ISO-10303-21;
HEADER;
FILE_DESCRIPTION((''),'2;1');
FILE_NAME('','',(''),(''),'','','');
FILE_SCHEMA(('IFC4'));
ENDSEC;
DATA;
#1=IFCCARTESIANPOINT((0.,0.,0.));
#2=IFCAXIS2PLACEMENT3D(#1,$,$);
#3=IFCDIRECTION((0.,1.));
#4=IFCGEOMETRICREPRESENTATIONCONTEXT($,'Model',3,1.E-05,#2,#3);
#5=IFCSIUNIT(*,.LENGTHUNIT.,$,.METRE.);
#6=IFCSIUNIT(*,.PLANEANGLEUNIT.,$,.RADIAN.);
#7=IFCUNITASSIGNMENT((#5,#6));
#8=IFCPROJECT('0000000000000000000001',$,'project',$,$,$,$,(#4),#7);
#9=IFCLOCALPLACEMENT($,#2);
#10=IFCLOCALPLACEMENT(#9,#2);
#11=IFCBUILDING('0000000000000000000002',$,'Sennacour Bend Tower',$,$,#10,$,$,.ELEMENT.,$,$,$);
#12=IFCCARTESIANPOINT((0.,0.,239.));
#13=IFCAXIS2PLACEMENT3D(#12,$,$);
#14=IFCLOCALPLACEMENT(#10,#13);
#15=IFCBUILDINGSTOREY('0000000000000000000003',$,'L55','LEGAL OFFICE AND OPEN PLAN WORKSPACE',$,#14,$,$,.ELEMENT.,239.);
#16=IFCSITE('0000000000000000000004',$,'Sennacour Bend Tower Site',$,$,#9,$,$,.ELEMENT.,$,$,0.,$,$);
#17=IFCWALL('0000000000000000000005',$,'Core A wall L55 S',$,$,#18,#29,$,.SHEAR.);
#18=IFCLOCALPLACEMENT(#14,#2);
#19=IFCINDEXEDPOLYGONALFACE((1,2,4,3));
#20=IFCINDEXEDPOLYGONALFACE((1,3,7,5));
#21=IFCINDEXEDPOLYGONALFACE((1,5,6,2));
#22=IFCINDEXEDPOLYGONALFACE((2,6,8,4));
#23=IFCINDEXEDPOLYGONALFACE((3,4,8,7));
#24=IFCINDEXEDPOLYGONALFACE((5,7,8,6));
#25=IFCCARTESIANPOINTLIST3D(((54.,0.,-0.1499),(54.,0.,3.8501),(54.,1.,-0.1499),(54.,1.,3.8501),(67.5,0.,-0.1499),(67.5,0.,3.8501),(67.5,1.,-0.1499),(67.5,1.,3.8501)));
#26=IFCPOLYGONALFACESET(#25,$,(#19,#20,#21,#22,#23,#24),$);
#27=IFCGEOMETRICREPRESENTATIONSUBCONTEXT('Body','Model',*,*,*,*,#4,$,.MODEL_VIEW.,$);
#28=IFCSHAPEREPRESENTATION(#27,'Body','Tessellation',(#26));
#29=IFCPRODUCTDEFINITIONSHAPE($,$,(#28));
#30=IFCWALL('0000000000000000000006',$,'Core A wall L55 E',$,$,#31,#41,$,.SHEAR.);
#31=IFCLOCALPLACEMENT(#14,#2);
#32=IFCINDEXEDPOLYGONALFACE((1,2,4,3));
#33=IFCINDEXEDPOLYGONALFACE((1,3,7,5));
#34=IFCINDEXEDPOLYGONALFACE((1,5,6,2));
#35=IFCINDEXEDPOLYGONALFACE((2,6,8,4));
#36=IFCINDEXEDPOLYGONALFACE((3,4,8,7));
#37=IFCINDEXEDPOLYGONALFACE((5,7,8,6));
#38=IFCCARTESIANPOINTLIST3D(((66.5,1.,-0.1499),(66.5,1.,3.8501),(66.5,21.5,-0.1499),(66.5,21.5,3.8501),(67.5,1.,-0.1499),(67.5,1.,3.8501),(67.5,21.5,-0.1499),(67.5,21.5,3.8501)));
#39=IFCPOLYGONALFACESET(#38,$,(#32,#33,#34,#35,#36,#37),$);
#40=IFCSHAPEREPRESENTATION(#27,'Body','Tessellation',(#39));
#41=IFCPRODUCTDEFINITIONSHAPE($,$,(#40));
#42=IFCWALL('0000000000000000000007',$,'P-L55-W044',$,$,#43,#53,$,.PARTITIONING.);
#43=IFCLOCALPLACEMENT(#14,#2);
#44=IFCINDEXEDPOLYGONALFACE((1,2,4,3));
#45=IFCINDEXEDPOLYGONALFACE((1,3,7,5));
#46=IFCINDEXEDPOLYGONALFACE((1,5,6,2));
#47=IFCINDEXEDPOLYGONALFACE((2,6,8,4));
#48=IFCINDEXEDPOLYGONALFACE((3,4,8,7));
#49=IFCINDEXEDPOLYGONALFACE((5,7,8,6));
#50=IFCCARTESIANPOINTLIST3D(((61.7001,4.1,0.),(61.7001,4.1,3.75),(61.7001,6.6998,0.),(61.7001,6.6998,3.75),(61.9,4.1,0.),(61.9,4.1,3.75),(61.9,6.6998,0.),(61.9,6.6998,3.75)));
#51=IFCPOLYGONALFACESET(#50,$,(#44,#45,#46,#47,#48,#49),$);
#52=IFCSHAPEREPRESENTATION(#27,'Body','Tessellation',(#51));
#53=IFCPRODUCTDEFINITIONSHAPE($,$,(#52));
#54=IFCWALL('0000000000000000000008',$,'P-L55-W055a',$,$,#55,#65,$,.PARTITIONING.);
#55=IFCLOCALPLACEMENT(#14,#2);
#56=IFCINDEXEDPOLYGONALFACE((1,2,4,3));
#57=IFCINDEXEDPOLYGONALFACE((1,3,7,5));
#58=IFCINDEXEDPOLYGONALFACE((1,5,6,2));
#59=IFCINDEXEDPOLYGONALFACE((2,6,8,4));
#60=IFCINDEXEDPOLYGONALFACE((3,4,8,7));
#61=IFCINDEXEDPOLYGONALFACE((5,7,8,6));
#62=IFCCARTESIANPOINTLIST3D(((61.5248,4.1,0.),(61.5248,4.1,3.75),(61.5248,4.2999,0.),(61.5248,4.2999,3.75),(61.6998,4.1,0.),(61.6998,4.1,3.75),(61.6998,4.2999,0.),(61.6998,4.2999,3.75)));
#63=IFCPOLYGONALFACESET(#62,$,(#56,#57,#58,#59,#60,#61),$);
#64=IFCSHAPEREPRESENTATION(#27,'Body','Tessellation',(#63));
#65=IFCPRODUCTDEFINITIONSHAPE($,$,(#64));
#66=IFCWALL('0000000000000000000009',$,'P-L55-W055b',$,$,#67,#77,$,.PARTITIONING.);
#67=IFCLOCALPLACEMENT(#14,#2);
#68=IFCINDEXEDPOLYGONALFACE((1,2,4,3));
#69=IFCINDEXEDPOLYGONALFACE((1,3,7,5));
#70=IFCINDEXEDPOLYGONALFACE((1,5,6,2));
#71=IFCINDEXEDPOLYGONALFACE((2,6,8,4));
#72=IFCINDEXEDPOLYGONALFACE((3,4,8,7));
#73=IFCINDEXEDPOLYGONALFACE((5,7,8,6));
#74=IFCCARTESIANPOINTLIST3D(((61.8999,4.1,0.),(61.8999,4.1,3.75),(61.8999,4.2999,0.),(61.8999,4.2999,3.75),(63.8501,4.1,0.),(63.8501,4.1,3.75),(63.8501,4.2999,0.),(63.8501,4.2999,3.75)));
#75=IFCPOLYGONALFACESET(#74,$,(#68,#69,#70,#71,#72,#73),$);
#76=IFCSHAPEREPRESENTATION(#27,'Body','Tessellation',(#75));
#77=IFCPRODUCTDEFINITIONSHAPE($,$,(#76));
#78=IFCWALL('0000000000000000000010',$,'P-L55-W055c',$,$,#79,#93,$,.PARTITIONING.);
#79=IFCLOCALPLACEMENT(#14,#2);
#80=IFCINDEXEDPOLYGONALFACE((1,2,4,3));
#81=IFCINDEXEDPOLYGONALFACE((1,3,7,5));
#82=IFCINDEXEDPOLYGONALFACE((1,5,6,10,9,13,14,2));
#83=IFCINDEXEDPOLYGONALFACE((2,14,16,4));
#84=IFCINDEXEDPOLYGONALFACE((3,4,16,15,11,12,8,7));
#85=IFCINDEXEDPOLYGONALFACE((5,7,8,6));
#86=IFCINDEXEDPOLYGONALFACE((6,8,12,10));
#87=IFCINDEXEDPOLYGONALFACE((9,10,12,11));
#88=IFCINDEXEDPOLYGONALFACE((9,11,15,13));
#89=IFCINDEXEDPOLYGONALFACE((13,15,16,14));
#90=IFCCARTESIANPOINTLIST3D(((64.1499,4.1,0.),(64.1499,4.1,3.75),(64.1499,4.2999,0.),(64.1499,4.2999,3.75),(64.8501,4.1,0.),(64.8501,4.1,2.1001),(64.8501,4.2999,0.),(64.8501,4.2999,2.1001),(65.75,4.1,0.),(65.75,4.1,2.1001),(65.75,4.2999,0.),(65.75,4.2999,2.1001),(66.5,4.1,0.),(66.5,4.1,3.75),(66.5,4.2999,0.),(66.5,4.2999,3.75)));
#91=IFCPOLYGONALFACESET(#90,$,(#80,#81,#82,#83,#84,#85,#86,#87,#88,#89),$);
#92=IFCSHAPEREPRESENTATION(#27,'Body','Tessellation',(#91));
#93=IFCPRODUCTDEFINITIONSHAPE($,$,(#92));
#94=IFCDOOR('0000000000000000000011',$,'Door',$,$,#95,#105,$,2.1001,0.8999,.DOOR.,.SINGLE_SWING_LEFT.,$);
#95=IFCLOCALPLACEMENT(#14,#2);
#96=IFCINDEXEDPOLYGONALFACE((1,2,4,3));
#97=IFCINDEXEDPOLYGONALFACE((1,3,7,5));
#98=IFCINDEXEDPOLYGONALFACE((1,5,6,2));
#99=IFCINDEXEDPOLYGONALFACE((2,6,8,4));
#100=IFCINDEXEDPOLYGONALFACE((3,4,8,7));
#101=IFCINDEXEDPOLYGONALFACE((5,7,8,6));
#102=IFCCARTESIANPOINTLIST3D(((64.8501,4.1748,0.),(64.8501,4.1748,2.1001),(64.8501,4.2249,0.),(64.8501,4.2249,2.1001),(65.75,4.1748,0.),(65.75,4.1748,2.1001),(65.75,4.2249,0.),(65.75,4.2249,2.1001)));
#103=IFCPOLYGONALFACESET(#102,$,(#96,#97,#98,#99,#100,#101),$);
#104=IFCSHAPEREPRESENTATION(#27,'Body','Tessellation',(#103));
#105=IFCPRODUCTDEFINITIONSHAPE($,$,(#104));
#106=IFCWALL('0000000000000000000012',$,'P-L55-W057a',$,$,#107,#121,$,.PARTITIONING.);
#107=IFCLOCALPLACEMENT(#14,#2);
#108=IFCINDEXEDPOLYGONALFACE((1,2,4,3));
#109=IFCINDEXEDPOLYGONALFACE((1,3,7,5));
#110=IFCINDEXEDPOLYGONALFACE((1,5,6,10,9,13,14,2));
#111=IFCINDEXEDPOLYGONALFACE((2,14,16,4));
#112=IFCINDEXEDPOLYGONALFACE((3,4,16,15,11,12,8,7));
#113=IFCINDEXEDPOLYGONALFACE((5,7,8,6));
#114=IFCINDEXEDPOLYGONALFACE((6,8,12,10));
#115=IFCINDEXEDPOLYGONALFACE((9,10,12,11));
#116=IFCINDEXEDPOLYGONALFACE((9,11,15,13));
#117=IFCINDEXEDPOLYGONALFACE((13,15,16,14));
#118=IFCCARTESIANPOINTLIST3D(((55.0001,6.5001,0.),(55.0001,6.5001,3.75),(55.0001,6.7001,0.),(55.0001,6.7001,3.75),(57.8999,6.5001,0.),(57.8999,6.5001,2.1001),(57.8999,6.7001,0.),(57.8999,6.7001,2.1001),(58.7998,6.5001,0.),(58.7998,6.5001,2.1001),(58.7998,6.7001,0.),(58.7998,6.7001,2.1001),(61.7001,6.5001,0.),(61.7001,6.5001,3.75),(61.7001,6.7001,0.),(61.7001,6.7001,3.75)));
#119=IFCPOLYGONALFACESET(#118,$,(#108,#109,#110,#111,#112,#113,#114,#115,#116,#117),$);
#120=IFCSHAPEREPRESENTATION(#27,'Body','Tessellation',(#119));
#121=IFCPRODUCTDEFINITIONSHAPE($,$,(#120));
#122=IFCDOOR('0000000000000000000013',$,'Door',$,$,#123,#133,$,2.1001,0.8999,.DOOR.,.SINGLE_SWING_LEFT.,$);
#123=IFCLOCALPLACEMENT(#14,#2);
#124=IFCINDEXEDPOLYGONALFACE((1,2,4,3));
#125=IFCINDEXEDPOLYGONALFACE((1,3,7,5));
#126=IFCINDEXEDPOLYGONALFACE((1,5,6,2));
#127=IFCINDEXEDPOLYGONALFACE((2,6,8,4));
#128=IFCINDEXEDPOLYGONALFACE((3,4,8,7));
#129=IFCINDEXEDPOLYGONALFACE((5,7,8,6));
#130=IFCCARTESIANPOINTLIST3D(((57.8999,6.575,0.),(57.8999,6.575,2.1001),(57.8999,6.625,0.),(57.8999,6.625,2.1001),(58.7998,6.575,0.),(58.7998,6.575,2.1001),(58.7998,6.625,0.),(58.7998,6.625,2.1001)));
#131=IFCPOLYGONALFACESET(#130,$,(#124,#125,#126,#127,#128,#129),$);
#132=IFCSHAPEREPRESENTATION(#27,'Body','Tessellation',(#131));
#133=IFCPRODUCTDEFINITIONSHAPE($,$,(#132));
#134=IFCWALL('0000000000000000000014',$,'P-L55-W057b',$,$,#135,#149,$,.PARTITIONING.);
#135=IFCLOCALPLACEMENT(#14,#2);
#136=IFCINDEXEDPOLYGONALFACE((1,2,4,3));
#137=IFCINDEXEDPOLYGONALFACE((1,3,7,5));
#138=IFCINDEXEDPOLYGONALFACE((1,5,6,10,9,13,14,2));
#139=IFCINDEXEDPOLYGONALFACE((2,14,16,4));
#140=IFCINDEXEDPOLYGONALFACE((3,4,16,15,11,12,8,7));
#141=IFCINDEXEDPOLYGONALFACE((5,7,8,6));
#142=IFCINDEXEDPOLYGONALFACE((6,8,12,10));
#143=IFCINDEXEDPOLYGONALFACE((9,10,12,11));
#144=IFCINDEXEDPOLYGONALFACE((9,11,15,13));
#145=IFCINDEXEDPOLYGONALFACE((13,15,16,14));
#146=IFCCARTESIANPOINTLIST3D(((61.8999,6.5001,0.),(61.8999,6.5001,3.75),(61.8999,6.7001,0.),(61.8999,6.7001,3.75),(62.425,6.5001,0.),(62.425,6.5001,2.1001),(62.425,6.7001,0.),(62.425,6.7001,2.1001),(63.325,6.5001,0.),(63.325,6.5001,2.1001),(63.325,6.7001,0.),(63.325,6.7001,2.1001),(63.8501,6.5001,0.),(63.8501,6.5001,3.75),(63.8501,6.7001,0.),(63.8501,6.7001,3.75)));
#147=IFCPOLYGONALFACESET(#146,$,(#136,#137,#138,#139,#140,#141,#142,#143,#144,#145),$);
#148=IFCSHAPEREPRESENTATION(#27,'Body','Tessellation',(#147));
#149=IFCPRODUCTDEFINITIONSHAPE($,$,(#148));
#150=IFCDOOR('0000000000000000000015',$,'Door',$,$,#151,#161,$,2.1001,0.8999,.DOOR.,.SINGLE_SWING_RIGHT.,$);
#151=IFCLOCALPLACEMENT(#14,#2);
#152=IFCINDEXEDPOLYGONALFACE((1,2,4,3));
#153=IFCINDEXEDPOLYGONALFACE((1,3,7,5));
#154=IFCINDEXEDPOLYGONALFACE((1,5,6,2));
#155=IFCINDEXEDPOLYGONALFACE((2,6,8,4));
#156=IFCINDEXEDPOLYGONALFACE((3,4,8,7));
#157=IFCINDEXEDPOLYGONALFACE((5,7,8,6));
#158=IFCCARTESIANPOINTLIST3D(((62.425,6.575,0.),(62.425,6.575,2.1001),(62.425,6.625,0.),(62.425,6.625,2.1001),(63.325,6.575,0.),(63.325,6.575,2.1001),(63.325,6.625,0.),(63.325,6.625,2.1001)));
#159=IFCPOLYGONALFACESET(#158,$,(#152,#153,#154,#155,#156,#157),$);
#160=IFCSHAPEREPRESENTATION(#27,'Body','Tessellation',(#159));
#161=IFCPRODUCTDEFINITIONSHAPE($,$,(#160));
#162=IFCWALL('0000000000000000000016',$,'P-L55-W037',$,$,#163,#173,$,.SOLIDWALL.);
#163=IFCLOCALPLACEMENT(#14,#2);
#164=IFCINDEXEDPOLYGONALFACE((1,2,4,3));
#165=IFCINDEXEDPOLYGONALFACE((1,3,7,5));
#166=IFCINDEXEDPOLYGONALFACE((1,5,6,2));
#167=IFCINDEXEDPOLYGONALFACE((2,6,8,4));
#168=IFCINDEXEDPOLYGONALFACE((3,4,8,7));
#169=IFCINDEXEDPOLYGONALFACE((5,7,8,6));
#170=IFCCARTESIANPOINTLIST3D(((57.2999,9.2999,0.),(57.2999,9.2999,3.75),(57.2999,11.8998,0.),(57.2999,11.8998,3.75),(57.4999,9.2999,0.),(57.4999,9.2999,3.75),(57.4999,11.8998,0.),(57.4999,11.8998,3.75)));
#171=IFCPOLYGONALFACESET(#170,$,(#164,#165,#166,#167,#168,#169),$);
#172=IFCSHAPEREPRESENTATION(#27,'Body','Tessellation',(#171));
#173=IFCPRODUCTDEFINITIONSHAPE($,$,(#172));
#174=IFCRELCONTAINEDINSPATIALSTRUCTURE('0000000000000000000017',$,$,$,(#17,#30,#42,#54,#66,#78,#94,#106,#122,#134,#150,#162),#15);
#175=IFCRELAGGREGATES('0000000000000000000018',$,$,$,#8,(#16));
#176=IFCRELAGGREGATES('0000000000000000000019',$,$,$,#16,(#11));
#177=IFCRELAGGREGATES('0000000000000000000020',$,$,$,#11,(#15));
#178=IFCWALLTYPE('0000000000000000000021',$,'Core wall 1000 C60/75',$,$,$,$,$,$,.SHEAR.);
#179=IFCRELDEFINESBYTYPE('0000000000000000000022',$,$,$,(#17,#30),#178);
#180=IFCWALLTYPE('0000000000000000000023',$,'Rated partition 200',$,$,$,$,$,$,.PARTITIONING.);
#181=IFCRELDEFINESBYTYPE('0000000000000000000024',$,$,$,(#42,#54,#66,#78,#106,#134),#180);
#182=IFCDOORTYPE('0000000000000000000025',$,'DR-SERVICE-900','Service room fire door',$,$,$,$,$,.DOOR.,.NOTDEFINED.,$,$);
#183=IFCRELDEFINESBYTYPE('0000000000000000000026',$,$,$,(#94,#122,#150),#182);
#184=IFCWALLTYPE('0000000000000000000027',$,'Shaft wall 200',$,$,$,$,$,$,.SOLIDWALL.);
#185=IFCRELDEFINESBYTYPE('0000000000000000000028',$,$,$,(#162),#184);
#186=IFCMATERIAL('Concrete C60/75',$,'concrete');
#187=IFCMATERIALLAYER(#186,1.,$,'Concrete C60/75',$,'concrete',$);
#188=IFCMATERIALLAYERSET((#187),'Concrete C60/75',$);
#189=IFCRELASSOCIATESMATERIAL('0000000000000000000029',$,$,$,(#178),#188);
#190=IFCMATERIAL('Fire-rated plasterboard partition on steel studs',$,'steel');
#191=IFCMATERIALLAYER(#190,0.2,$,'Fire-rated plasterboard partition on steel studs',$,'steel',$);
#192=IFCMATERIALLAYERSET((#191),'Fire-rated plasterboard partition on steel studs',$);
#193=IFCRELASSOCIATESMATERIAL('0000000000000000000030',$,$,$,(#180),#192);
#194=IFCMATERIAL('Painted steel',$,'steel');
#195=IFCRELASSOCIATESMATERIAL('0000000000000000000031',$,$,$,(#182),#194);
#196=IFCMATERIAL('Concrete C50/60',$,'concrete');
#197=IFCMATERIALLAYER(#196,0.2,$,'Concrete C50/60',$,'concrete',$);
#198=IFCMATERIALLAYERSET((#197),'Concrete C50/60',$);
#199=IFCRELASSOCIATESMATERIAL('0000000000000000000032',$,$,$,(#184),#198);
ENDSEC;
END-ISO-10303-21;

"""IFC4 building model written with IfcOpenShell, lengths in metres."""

from ifc_helpers import new_model, si_unit, direction, frame, frame_2d, origin, place, context, subcontext, project, spatial, rectangle, extrude, material, layer, layer_set, type_object, element, fill, save


model = new_model("IFC4")

# Units and contexts
model_context = context("Model", 3, precision=1e-05, world=origin(), true_north=direction((0.0, 1.0)))
body_context = subcontext(model_context, "Body", "Model", "MODEL_VIEW")
ifc_project = project(units=[si_unit("LENGTHUNIT", "METRE"), si_unit("PLANEANGLEUNIT", "RADIAN")], contexts=[model_context])

# Site, building, storey
site_placement = place(None, origin())
site = spatial("IfcSite", under=ifc_project, at=site_placement, Name="Sennacour Bend Tower Site", CompositionType="ELEMENT", RefElevation=0.0)
building_placement = place(site_placement, origin())
building = spatial("IfcBuilding", under=site, at=building_placement, Name="Sennacour Bend Tower", CompositionType="ELEMENT")
storey_placement = place(building_placement, frame((0.0, 0.0, 239.0)))
storey = spatial("IfcBuildingStorey", under=building, at=storey_placement, Name="L55", Description="LEGAL OFFICE AND OPEN PLAN WORKSPACE", CompositionType="ELEMENT", Elevation=239.0)

# Walls
ifc_material_1 = material(Name="Concrete C60/75", Category="concrete")
ifc_layer_1 = layer(ifc_material_1, 1.0, Name="Concrete C60/75", Category="concrete")
ifc_layer_set_1 = layer_set([ifc_layer_1], Name="Concrete C60/75")
wall_type_1 = type_object("IfcWallType", Name="Core wall 1000 C60/75", PredefinedType="SHEAR", material=ifc_layer_set_1)
wall_1_placement = place(storey_placement, frame((67.5, 0.5, -0.1499), z_axis=(0.0, 0.0, 1.0), x_axis=(-1.0, 0.0, 0.0)))
element("IfcWall", 1, at=wall_1_placement, inside=storey, type_object=wall_type_1, Name="Core A wall L55 S", PredefinedType="SHEAR", context=body_context, shape_type="SweptSolid", body=[
    extrude(rectangle(XDim=13.5, YDim=1.0, at=frame_2d((6.75, 0.0))), origin(), (0.0, 0.0, 1.0), 4.0),
])
wall_2_placement = place(storey_placement, frame((67.0, 1.0, -0.1499), z_axis=(0.0, 0.0, 1.0), x_axis=(0.0, 1.0, 0.0)))
element("IfcWall", 2, at=wall_2_placement, inside=storey, type_object=wall_type_1, Name="Core A wall L55 E", PredefinedType="SHEAR", context=body_context, shape_type="SweptSolid", body=[
    extrude(rectangle(XDim=20.5, YDim=1.0, at=frame_2d((10.25, 0.0))), origin(), (0.0, 0.0, 1.0), 4.0),
])
ifc_material_2 = material(Name="Fire-rated plasterboard partition on steel studs", Category="steel")
ifc_layer_2 = layer(ifc_material_2, 0.2, Name="Fire-rated plasterboard partition on steel studs", Category="steel")
ifc_layer_set_2 = layer_set([ifc_layer_2], Name="Fire-rated plasterboard partition on steel studs")
wall_type_2 = type_object("IfcWallType", Name="Rated partition 200", PredefinedType="PARTITIONING", material=ifc_layer_set_2)
wall_3_placement = place(storey_placement, frame((61.8, 4.1001, 0.0), z_axis=(0.0, 0.0, 1.0), x_axis=(0.0, 1.0, 0.0)))
element("IfcWall", 3, at=wall_3_placement, inside=storey, type_object=wall_type_2, Name="P-L55-W044", PredefinedType="PARTITIONING", context=body_context, shape_type="SweptSolid", body=[
    extrude(rectangle(XDim=2.5999, YDim=0.2, at=frame_2d((1.2998, 0.0))), origin(), (0.0, 0.0, 1.0), 3.75),
])
wall_4_placement = place(storey_placement, frame((61.5249, 4.2, 0.0), z_axis=(0.0, 0.0, 1.0), x_axis=(1.0, 0.0, 0.0)))
element("IfcWall", 4, at=wall_4_placement, inside=storey, type_object=wall_type_2, Name="P-L55-W055a", PredefinedType="PARTITIONING", context=body_context, shape_type="SweptSolid", body=[
    extrude(rectangle(XDim=0.175, YDim=0.2, at=frame_2d((0.0874, 0.0))), origin(), (0.0, 0.0, 1.0), 3.75),
])
wall_5_placement = place(storey_placement, frame((61.8999, 4.2, 0.0), z_axis=(0.0, 0.0, 1.0), x_axis=(1.0, 0.0, 0.0)))
element("IfcWall", 5, at=wall_5_placement, inside=storey, type_object=wall_type_2, Name="P-L55-W055b", PredefinedType="PARTITIONING", context=body_context, shape_type="SweptSolid", body=[
    extrude(rectangle(XDim=1.9502, YDim=0.2, at=frame_2d((0.9751, 0.0))), origin(), (0.0, 0.0, 1.0), 3.75),
])

# Walls, openings, doors
wall_6_placement = place(storey_placement, frame((64.1499, 4.2, 0.0), z_axis=(0.0, 0.0, 1.0), x_axis=(1.0, 0.0, 0.0)))
wall_6 = element("IfcWall", 6, at=wall_6_placement, inside=storey, type_object=wall_type_2, Name="P-L55-W055c", PredefinedType="PARTITIONING", context=body_context, shape_type="SweptSolid", body=[
    extrude(rectangle(XDim=2.3501, YDim=0.2, at=frame_2d((1.175, 0.0))), origin(), (0.0, 0.0, 1.0), 3.75),
])
opening_1_placement = place(wall_6_placement, frame((0.7002, 0.0, 0.0)))
opening_1 = element("IfcOpeningElement", 7, at=opening_1_placement, cuts=wall_6, PredefinedType="OPENING", context=body_context, shape_type="SweptSolid", body=[
    extrude(rectangle(XDim=0.8999, YDim=2.1001, at=frame_2d((0.45, 1.05))), frame((0.0, 0.1099, 0.0), z_axis=(0.0, -1.0, 0.0), x_axis=(1.0, 0.0, 0.0)), (0.0, 0.0, 1.0), 0.22),
])
ifc_material_3 = material(Name="Painted steel", Category="steel")
door_type_1 = type_object("IfcDoorType", Name="DR-SERVICE-900", Description="Service room fire door", OperationType="NOTDEFINED", PredefinedType="DOOR", material=ifc_material_3)
door_1_placement = place(opening_1_placement, origin())
door_1 = element("IfcDoor", 8, at=door_1_placement, inside=storey, type_object=door_type_1, Name="Door", OperationType="SINGLE_SWING_LEFT", OverallHeight=2.1001, OverallWidth=0.8999, PredefinedType="DOOR", context=body_context, shape_type="SweptSolid", body=[
    extrude(rectangle(XDim=0.8999, YDim=2.1001, at=frame_2d((0.45, 1.05))), frame((0.0, 0.0249, 0.0), z_axis=(0.0, -1.0, 0.0), x_axis=(1.0, 0.0, 0.0)), (0.0, 0.0, 1.0), 0.05),
])
fill(opening_1, door_1)
wall_7_placement = place(storey_placement, frame((55.0, 6.6001, 0.0), z_axis=(0.0, 0.0, 1.0), x_axis=(1.0, 0.0, 0.0)))
wall_7 = element("IfcWall", 9, at=wall_7_placement, inside=storey, type_object=wall_type_2, Name="P-L55-W057a", PredefinedType="PARTITIONING", context=body_context, shape_type="SweptSolid", body=[
    extrude(rectangle(XDim=6.7, YDim=0.2, at=frame_2d((3.3501, 0.0))), origin(), (0.0, 0.0, 1.0), 3.75),
])
opening_2_placement = place(wall_7_placement, frame((2.8999, 0.0, 0.0)))
opening_2 = element("IfcOpeningElement", 10, at=opening_2_placement, cuts=wall_7, PredefinedType="OPENING", context=body_context, shape_type="SweptSolid", body=[
    extrude(rectangle(XDim=0.8999, YDim=2.1001, at=frame_2d((0.45, 1.05))), frame((0.0, 0.1099, 0.0), z_axis=(0.0, -1.0, 0.0), x_axis=(1.0, 0.0, 0.0)), (0.0, 0.0, 1.0), 0.22),
])
door_2_placement = place(opening_2_placement, origin())
door_2 = element("IfcDoor", 11, at=door_2_placement, inside=storey, type_object=door_type_1, Name="Door", OperationType="SINGLE_SWING_LEFT", OverallHeight=2.1001, OverallWidth=0.8999, PredefinedType="DOOR", context=body_context, shape_type="SweptSolid", body=[
    extrude(rectangle(XDim=0.8999, YDim=2.1001, at=frame_2d((0.45, 1.05))), frame((0.0, 0.0249, 0.0), z_axis=(0.0, -1.0, 0.0), x_axis=(1.0, 0.0, 0.0)), (0.0, 0.0, 1.0), 0.05),
])
fill(opening_2, door_2)
wall_8_placement = place(storey_placement, frame((61.8999, 6.6001, 0.0), z_axis=(0.0, 0.0, 1.0), x_axis=(1.0, 0.0, 0.0)))
wall_8 = element("IfcWall", 12, at=wall_8_placement, inside=storey, type_object=wall_type_2, Name="P-L55-W057b", PredefinedType="PARTITIONING", context=body_context, shape_type="SweptSolid", body=[
    extrude(rectangle(XDim=1.9502, YDim=0.2, at=frame_2d((0.9751, 0.0))), origin(), (0.0, 0.0, 1.0), 3.75),
])
opening_3_placement = place(wall_8_placement, frame((0.5251, 0.0, 0.0)))
opening_3 = element("IfcOpeningElement", 13, at=opening_3_placement, cuts=wall_8, PredefinedType="OPENING", context=body_context, shape_type="SweptSolid", body=[
    extrude(rectangle(XDim=0.8999, YDim=2.1001, at=frame_2d((0.45, 1.05))), frame((0.0, 0.1099, 0.0), z_axis=(0.0, -1.0, 0.0), x_axis=(1.0, 0.0, 0.0)), (0.0, 0.0, 1.0), 0.22),
])
door_3_placement = place(opening_3_placement, origin())
door_3 = element("IfcDoor", 14, at=door_3_placement, inside=storey, type_object=door_type_1, Name="Door", OperationType="SINGLE_SWING_RIGHT", OverallHeight=2.1001, OverallWidth=0.8999, PredefinedType="DOOR", context=body_context, shape_type="SweptSolid", body=[
    extrude(rectangle(XDim=0.8999, YDim=2.1001, at=frame_2d((0.45, 1.05))), frame((0.0, 0.0249, 0.0), z_axis=(0.0, -1.0, 0.0), x_axis=(1.0, 0.0, 0.0)), (0.0, 0.0, 1.0), 0.05),
])
fill(opening_3, door_3)

# Wall
ifc_material_4 = material(Name="Concrete C50/60", Category="concrete")
ifc_layer_3 = layer(ifc_material_4, 0.2, Name="Concrete C50/60", Category="concrete")
ifc_layer_set_3 = layer_set([ifc_layer_3], Name="Concrete C50/60")
wall_type_3 = type_object("IfcWallType", Name="Shaft wall 200", PredefinedType="SOLIDWALL", material=ifc_layer_set_3)
wall_9_placement = place(storey_placement, frame((57.3999, 9.3, 0.0), z_axis=(0.0, 0.0, 1.0), x_axis=(0.0, 1.0, 0.0)))
element("IfcWall", 15, at=wall_9_placement, inside=storey, type_object=wall_type_3, Name="P-L55-W037", PredefinedType="SOLIDWALL", context=body_context, shape_type="SweptSolid", body=[
    extrude(rectangle(XDim=2.5999, YDim=0.2, at=frame_2d((1.2998, 0.0))), origin(), (0.0, 0.0, 1.0), 3.75),
])

save(model, "model.ifc")
